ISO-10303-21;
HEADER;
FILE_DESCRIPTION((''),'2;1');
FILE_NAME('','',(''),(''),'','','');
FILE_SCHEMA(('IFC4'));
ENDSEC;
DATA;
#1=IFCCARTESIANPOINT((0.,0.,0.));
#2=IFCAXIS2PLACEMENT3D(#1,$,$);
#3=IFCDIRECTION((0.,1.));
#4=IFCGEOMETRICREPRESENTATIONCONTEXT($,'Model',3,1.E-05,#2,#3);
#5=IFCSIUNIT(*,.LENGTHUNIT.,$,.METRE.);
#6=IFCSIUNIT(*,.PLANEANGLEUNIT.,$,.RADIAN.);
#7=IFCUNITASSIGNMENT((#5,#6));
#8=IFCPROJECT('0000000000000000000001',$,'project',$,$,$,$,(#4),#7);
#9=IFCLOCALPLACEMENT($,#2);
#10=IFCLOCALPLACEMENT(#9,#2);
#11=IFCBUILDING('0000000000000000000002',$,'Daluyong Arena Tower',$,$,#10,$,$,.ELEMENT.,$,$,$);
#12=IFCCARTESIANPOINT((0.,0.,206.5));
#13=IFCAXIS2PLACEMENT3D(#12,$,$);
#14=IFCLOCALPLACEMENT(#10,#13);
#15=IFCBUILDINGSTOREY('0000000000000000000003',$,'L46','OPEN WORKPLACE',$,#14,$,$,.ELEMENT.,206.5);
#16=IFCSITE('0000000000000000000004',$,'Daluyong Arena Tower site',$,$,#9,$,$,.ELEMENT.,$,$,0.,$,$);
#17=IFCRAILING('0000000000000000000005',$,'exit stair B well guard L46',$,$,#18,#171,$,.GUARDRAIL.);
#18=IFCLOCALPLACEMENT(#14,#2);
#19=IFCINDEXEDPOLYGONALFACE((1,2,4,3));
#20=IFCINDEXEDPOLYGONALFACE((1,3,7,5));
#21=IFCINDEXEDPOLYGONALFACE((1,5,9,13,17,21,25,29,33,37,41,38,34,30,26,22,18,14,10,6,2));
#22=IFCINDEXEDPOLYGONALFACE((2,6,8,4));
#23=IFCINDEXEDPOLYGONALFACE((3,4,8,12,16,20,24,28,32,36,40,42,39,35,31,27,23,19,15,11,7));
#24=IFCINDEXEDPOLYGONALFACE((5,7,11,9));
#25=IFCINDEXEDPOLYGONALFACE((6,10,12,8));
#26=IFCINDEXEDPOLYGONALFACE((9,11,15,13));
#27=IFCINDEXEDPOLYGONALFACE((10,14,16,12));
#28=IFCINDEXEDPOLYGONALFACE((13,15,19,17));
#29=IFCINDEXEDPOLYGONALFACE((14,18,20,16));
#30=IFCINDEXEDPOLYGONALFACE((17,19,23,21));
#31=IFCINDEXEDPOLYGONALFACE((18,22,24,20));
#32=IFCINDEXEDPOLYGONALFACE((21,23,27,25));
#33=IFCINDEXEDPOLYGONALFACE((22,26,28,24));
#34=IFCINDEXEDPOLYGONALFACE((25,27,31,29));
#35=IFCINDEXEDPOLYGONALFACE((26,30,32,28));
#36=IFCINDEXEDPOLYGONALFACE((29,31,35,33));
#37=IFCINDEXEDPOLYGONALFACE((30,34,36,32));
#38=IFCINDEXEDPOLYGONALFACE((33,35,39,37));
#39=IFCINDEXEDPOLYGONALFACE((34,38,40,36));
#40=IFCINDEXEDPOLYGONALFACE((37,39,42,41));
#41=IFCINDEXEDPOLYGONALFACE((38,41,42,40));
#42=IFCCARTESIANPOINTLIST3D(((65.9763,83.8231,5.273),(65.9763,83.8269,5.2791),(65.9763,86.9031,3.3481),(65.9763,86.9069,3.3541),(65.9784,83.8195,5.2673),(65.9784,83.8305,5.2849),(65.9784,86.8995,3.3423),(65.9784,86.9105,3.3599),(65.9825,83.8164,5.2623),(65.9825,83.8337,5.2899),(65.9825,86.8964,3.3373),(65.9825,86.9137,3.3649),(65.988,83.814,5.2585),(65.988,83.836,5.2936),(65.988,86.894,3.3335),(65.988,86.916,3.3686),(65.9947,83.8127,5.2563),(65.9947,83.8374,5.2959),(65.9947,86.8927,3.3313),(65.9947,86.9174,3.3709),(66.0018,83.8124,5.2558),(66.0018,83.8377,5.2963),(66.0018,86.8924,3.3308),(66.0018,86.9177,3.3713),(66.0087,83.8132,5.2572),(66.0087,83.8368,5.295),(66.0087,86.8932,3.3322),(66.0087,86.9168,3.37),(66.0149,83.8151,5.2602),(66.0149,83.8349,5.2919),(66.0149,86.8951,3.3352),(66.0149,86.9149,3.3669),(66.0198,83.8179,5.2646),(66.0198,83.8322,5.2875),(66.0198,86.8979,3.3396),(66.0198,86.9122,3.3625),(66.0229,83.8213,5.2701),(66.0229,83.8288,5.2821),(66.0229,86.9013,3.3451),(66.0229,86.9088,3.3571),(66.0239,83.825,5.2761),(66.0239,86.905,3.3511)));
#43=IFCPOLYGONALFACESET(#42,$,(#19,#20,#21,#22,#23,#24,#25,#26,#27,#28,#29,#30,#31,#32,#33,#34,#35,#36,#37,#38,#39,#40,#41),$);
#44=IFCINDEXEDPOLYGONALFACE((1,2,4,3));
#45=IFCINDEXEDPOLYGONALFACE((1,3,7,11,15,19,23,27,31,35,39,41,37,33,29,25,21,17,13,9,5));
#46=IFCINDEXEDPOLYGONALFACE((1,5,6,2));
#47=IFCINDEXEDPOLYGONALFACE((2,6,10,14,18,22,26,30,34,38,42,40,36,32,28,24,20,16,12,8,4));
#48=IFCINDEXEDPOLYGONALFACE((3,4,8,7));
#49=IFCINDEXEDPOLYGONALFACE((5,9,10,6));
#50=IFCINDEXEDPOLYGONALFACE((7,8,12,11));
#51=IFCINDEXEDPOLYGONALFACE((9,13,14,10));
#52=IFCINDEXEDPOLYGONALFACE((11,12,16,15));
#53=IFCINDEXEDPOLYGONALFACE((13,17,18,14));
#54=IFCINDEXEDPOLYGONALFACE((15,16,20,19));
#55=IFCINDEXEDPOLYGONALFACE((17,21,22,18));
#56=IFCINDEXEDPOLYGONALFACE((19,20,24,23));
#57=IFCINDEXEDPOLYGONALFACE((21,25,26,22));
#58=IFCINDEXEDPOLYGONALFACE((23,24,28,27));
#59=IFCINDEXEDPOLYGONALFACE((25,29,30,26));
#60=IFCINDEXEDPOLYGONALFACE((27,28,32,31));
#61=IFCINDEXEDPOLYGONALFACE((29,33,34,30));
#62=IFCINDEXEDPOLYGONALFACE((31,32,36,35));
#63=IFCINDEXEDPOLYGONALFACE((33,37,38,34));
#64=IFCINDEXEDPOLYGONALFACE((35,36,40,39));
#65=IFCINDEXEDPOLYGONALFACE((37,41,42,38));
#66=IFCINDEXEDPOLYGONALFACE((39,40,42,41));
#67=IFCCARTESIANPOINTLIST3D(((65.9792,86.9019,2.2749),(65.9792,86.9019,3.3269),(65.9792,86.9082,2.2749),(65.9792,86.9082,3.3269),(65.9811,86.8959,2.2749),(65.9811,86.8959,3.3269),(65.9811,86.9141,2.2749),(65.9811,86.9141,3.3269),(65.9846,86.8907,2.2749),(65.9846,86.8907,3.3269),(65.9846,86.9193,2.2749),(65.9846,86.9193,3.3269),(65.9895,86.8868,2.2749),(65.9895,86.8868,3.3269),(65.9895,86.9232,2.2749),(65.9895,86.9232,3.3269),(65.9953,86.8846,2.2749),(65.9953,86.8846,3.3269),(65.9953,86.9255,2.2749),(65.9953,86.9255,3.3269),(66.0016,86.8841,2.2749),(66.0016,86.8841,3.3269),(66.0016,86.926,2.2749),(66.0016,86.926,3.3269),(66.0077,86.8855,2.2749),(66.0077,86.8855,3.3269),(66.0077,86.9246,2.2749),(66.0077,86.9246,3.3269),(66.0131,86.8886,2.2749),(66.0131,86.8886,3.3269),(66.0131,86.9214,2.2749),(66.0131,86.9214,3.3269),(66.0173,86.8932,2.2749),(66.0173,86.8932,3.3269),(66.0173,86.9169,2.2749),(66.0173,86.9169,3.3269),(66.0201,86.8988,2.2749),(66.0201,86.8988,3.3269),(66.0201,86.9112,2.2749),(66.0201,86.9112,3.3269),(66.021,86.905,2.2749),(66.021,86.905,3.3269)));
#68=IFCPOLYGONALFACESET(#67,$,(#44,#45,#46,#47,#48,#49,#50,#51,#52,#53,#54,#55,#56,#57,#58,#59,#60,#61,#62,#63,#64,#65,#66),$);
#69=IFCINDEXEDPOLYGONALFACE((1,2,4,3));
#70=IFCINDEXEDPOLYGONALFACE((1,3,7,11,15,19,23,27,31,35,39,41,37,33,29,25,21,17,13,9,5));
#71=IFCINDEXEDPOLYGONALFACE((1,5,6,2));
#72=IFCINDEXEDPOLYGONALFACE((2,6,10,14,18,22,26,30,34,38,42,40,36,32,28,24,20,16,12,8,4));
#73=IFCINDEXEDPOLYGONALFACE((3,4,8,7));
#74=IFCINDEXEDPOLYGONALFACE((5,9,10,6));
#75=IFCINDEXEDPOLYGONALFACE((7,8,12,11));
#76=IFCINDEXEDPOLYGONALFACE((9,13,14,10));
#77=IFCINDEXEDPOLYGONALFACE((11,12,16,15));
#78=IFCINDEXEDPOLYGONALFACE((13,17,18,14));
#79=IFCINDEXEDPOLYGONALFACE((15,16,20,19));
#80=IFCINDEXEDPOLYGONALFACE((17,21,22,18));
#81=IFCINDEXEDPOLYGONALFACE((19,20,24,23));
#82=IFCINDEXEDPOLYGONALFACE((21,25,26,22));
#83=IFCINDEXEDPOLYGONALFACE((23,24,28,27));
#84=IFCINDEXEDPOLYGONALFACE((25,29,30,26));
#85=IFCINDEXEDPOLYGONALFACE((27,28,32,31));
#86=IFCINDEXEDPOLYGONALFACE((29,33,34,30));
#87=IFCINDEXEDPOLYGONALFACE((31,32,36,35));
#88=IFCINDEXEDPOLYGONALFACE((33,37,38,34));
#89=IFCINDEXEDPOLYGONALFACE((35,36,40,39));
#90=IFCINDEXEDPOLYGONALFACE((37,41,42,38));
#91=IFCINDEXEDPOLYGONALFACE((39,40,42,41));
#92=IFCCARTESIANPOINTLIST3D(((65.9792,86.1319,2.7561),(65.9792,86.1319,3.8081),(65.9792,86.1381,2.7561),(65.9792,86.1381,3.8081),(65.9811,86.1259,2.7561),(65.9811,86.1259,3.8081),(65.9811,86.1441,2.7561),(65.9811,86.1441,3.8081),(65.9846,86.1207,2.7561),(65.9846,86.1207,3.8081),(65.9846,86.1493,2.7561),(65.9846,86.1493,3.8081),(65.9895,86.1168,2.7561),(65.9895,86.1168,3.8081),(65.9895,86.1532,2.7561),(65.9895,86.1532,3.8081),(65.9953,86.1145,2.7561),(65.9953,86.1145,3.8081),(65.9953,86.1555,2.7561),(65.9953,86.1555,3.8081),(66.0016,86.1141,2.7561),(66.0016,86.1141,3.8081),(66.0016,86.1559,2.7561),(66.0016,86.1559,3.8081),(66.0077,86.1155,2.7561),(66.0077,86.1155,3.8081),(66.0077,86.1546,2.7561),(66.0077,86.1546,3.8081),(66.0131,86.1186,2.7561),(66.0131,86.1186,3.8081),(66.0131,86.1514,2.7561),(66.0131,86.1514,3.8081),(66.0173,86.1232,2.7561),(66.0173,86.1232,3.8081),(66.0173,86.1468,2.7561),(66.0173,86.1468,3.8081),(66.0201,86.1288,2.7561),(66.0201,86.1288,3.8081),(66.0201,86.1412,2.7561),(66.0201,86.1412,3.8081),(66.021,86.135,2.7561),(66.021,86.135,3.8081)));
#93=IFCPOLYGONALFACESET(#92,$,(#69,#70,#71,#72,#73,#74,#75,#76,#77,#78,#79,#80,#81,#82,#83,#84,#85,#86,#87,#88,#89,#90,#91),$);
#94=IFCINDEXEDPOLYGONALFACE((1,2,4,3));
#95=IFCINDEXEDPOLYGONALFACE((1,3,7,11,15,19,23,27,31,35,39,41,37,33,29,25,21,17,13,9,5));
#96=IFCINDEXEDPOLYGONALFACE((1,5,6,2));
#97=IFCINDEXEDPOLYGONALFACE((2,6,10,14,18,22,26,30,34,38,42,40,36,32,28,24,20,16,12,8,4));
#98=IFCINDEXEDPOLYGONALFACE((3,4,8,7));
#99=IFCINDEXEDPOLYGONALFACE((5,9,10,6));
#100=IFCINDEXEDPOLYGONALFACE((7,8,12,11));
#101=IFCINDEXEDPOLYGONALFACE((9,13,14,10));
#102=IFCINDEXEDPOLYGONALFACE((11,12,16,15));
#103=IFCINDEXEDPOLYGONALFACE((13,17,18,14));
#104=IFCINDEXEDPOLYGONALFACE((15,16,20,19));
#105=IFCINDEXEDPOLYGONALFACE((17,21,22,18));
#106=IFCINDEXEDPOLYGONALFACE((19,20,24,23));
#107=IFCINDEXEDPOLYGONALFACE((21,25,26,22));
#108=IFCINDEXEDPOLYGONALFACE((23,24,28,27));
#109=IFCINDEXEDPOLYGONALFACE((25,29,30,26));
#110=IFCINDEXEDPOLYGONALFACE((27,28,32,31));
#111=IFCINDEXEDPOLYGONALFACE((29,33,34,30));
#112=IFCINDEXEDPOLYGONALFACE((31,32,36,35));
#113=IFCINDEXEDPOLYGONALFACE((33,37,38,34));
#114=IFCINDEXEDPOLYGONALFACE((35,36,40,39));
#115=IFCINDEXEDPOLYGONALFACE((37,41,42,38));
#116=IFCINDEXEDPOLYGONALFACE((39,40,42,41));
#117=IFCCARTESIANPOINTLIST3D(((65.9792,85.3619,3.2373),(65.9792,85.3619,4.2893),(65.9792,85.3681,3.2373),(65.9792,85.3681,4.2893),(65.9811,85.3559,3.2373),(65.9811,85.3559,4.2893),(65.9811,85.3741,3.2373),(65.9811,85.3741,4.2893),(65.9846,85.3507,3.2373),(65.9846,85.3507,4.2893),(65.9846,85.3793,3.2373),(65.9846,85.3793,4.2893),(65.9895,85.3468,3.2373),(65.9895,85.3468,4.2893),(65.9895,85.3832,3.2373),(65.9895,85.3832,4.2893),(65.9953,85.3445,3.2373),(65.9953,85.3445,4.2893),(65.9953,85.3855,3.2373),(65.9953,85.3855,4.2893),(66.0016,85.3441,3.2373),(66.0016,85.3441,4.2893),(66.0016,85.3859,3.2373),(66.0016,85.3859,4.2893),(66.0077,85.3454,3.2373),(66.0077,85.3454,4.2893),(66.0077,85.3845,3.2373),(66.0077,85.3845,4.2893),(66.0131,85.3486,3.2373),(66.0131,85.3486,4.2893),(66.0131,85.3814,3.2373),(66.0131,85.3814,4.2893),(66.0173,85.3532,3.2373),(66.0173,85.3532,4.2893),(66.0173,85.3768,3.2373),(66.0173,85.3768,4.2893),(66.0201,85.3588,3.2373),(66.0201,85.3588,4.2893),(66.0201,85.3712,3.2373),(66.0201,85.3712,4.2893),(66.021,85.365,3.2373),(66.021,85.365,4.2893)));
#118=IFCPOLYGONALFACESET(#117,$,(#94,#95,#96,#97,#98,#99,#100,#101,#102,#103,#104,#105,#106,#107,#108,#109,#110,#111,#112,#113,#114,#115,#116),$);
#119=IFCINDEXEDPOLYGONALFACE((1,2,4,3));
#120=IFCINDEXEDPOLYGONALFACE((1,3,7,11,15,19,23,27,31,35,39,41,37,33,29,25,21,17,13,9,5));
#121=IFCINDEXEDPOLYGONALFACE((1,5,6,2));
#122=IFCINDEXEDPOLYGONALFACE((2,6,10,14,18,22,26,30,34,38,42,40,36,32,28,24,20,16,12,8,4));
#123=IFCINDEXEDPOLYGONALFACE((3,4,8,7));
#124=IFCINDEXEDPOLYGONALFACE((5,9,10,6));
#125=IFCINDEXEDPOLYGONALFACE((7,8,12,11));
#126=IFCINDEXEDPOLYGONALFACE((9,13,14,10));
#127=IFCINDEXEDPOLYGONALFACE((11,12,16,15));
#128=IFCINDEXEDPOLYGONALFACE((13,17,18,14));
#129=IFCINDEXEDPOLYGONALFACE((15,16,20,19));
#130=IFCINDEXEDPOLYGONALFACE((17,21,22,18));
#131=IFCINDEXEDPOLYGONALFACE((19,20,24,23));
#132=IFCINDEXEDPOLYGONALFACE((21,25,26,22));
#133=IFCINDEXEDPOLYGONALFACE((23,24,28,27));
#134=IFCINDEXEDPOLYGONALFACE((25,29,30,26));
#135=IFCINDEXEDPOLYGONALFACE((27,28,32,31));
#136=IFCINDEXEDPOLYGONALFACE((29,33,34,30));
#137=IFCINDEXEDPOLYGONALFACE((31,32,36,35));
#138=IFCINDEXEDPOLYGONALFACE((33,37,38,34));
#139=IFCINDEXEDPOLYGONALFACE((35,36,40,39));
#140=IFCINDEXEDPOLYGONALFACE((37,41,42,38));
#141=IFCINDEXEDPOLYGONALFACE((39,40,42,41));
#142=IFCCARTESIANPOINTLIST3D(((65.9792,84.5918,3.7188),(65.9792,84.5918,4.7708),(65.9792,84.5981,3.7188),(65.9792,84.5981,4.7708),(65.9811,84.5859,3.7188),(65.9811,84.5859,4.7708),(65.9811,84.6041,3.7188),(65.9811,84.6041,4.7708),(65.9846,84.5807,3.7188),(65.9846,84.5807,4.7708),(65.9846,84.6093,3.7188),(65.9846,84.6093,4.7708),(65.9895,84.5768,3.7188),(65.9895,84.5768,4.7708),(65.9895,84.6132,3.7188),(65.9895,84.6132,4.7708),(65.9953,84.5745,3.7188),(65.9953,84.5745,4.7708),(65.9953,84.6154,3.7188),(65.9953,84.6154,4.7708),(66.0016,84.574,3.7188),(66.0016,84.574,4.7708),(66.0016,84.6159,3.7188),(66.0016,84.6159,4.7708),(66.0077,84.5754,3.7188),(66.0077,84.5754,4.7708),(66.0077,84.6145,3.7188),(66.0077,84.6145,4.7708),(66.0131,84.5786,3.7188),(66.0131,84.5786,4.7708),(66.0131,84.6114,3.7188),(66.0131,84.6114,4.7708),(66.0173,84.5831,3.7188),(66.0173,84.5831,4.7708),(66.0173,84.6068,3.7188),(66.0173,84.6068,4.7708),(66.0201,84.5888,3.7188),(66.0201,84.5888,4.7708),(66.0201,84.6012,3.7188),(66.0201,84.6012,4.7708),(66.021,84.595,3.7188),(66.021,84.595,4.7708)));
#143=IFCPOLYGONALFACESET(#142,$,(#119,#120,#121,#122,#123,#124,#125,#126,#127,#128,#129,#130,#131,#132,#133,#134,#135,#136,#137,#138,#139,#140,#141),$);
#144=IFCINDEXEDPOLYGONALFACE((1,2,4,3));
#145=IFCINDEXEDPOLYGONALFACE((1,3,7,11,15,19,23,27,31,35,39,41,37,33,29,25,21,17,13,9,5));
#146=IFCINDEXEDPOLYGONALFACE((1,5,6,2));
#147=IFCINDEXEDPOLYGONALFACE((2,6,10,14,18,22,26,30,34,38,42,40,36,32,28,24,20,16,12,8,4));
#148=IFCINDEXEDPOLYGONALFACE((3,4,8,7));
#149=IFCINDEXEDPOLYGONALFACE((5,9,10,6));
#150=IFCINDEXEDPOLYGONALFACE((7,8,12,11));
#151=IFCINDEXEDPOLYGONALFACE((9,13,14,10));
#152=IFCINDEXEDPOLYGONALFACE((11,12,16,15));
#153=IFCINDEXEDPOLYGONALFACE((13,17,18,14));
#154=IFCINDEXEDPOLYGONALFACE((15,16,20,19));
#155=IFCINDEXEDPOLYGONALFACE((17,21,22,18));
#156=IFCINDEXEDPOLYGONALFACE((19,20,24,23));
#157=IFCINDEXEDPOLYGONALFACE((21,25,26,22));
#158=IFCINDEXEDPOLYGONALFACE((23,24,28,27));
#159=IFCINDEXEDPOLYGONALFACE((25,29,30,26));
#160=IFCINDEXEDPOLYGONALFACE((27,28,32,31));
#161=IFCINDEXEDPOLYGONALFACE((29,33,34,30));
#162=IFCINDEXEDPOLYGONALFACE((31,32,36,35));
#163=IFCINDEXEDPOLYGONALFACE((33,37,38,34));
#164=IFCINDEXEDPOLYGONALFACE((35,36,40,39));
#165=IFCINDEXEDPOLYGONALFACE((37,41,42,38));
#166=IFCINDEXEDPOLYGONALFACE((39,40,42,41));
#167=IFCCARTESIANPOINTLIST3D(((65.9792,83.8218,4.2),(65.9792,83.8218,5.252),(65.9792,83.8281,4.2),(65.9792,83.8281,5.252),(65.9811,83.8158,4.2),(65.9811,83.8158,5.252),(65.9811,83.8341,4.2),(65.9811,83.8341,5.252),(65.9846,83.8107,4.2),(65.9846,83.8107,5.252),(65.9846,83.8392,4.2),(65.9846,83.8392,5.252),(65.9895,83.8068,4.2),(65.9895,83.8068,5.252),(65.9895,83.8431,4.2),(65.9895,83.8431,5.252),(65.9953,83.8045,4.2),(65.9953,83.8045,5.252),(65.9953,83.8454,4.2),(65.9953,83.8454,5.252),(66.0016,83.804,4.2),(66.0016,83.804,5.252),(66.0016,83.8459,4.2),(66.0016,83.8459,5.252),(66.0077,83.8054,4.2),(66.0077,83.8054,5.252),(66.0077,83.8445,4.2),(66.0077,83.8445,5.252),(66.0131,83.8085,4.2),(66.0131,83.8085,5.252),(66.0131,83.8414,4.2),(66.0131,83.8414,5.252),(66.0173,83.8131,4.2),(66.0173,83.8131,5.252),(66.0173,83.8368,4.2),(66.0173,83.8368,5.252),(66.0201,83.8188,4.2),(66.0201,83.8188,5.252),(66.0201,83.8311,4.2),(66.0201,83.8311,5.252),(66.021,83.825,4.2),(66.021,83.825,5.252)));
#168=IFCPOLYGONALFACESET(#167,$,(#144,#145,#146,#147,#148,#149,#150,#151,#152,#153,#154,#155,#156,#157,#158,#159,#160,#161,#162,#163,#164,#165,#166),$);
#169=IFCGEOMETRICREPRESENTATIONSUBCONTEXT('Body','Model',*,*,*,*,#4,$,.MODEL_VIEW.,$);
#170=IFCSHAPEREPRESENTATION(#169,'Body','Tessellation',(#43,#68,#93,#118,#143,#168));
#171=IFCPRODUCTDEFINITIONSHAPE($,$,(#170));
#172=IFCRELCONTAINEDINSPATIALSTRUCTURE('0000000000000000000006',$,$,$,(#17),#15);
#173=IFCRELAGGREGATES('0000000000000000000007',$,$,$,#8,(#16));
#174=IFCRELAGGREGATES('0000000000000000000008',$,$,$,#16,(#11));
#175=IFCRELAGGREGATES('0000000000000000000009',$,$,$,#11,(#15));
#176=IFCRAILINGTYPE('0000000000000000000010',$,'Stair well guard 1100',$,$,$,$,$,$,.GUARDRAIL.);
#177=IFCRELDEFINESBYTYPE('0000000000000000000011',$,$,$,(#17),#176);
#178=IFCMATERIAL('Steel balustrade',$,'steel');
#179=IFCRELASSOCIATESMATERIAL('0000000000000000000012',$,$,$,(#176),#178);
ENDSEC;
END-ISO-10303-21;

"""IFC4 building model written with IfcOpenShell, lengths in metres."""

from ifc_helpers import new_model, si_unit, direction, frame, origin, origin_2d, place, context, subcontext, project, spatial, circle, extrude, material, type_object, element, save


model = new_model("IFC4")

# Units and contexts
model_context = context("Model", 3, precision=1e-05, world=origin(), true_north=direction((0.0, 1.0)))
body_context = subcontext(model_context, "Body", "Model", "MODEL_VIEW")
ifc_project = project(units=[si_unit("LENGTHUNIT", "METRE"), si_unit("PLANEANGLEUNIT", "RADIAN")], contexts=[model_context])

# Site, building, storey
site_placement = place(None, origin())
site = spatial("IfcSite", under=ifc_project, at=site_placement, Name="Daluyong Arena Tower site", CompositionType="ELEMENT", RefElevation=0.0)
building_placement = place(site_placement, origin())
building = spatial("IfcBuilding", under=site, at=building_placement, Name="Daluyong Arena Tower", CompositionType="ELEMENT")
storey_placement = place(building_placement, frame((0.0, 0.0, 206.5)))
storey = spatial("IfcBuildingStorey", under=building, at=storey_placement, Name="L46", Description="OPEN WORKPLACE", CompositionType="ELEMENT", Elevation=206.5)

# Railing
ifc_material_1 = material(Name="Steel balustrade", Category="steel")
railing_type_1 = type_object("IfcRailingType", Name="Stair well guard 1100", PredefinedType="GUARDRAIL", material=ifc_material_1)
railing_1_placement = place(storey_placement, frame((66.0, 86.905, 2.2749)))
element("IfcRailing", 1, at=railing_1_placement, inside=storey, type_object=railing_type_1, Name="exit stair B well guard L46", PredefinedType="GUARDRAIL", context=body_context, shape_type="SweptSolid", body=[
    extrude(circle(Radius=0.0239, at=origin_2d()), frame((0.0, 0.0, 1.0762), z_axis=(0.0, -0.847998, 0.529999), x_axis=(1.0, 0.0, 0.0)), (0.0, 0.0, 1.0), 3.6321),
    extrude(circle(Radius=0.021, at=origin_2d()), origin(), (0.0, 0.0, 1.0), 1.052),
    extrude(circle(Radius=0.021, at=origin_2d()), frame((0.0, -0.77, 0.4812)), (0.0, 0.0, 1.0), 1.052),
    extrude(circle(Radius=0.021, at=origin_2d()), frame((0.0, -1.54, 0.9624)), (0.0, 0.0, 1.0), 1.052),
    extrude(circle(Radius=0.021, at=origin_2d()), frame((0.0, -2.3101, 1.4438)), (0.0, 0.0, 1.0), 1.052),
    extrude(circle(Radius=0.021, at=origin_2d()), frame((0.0, -3.0801, 1.925)), (0.0, 0.0, 1.0), 1.052),
])

save(model, "model.ifc")
